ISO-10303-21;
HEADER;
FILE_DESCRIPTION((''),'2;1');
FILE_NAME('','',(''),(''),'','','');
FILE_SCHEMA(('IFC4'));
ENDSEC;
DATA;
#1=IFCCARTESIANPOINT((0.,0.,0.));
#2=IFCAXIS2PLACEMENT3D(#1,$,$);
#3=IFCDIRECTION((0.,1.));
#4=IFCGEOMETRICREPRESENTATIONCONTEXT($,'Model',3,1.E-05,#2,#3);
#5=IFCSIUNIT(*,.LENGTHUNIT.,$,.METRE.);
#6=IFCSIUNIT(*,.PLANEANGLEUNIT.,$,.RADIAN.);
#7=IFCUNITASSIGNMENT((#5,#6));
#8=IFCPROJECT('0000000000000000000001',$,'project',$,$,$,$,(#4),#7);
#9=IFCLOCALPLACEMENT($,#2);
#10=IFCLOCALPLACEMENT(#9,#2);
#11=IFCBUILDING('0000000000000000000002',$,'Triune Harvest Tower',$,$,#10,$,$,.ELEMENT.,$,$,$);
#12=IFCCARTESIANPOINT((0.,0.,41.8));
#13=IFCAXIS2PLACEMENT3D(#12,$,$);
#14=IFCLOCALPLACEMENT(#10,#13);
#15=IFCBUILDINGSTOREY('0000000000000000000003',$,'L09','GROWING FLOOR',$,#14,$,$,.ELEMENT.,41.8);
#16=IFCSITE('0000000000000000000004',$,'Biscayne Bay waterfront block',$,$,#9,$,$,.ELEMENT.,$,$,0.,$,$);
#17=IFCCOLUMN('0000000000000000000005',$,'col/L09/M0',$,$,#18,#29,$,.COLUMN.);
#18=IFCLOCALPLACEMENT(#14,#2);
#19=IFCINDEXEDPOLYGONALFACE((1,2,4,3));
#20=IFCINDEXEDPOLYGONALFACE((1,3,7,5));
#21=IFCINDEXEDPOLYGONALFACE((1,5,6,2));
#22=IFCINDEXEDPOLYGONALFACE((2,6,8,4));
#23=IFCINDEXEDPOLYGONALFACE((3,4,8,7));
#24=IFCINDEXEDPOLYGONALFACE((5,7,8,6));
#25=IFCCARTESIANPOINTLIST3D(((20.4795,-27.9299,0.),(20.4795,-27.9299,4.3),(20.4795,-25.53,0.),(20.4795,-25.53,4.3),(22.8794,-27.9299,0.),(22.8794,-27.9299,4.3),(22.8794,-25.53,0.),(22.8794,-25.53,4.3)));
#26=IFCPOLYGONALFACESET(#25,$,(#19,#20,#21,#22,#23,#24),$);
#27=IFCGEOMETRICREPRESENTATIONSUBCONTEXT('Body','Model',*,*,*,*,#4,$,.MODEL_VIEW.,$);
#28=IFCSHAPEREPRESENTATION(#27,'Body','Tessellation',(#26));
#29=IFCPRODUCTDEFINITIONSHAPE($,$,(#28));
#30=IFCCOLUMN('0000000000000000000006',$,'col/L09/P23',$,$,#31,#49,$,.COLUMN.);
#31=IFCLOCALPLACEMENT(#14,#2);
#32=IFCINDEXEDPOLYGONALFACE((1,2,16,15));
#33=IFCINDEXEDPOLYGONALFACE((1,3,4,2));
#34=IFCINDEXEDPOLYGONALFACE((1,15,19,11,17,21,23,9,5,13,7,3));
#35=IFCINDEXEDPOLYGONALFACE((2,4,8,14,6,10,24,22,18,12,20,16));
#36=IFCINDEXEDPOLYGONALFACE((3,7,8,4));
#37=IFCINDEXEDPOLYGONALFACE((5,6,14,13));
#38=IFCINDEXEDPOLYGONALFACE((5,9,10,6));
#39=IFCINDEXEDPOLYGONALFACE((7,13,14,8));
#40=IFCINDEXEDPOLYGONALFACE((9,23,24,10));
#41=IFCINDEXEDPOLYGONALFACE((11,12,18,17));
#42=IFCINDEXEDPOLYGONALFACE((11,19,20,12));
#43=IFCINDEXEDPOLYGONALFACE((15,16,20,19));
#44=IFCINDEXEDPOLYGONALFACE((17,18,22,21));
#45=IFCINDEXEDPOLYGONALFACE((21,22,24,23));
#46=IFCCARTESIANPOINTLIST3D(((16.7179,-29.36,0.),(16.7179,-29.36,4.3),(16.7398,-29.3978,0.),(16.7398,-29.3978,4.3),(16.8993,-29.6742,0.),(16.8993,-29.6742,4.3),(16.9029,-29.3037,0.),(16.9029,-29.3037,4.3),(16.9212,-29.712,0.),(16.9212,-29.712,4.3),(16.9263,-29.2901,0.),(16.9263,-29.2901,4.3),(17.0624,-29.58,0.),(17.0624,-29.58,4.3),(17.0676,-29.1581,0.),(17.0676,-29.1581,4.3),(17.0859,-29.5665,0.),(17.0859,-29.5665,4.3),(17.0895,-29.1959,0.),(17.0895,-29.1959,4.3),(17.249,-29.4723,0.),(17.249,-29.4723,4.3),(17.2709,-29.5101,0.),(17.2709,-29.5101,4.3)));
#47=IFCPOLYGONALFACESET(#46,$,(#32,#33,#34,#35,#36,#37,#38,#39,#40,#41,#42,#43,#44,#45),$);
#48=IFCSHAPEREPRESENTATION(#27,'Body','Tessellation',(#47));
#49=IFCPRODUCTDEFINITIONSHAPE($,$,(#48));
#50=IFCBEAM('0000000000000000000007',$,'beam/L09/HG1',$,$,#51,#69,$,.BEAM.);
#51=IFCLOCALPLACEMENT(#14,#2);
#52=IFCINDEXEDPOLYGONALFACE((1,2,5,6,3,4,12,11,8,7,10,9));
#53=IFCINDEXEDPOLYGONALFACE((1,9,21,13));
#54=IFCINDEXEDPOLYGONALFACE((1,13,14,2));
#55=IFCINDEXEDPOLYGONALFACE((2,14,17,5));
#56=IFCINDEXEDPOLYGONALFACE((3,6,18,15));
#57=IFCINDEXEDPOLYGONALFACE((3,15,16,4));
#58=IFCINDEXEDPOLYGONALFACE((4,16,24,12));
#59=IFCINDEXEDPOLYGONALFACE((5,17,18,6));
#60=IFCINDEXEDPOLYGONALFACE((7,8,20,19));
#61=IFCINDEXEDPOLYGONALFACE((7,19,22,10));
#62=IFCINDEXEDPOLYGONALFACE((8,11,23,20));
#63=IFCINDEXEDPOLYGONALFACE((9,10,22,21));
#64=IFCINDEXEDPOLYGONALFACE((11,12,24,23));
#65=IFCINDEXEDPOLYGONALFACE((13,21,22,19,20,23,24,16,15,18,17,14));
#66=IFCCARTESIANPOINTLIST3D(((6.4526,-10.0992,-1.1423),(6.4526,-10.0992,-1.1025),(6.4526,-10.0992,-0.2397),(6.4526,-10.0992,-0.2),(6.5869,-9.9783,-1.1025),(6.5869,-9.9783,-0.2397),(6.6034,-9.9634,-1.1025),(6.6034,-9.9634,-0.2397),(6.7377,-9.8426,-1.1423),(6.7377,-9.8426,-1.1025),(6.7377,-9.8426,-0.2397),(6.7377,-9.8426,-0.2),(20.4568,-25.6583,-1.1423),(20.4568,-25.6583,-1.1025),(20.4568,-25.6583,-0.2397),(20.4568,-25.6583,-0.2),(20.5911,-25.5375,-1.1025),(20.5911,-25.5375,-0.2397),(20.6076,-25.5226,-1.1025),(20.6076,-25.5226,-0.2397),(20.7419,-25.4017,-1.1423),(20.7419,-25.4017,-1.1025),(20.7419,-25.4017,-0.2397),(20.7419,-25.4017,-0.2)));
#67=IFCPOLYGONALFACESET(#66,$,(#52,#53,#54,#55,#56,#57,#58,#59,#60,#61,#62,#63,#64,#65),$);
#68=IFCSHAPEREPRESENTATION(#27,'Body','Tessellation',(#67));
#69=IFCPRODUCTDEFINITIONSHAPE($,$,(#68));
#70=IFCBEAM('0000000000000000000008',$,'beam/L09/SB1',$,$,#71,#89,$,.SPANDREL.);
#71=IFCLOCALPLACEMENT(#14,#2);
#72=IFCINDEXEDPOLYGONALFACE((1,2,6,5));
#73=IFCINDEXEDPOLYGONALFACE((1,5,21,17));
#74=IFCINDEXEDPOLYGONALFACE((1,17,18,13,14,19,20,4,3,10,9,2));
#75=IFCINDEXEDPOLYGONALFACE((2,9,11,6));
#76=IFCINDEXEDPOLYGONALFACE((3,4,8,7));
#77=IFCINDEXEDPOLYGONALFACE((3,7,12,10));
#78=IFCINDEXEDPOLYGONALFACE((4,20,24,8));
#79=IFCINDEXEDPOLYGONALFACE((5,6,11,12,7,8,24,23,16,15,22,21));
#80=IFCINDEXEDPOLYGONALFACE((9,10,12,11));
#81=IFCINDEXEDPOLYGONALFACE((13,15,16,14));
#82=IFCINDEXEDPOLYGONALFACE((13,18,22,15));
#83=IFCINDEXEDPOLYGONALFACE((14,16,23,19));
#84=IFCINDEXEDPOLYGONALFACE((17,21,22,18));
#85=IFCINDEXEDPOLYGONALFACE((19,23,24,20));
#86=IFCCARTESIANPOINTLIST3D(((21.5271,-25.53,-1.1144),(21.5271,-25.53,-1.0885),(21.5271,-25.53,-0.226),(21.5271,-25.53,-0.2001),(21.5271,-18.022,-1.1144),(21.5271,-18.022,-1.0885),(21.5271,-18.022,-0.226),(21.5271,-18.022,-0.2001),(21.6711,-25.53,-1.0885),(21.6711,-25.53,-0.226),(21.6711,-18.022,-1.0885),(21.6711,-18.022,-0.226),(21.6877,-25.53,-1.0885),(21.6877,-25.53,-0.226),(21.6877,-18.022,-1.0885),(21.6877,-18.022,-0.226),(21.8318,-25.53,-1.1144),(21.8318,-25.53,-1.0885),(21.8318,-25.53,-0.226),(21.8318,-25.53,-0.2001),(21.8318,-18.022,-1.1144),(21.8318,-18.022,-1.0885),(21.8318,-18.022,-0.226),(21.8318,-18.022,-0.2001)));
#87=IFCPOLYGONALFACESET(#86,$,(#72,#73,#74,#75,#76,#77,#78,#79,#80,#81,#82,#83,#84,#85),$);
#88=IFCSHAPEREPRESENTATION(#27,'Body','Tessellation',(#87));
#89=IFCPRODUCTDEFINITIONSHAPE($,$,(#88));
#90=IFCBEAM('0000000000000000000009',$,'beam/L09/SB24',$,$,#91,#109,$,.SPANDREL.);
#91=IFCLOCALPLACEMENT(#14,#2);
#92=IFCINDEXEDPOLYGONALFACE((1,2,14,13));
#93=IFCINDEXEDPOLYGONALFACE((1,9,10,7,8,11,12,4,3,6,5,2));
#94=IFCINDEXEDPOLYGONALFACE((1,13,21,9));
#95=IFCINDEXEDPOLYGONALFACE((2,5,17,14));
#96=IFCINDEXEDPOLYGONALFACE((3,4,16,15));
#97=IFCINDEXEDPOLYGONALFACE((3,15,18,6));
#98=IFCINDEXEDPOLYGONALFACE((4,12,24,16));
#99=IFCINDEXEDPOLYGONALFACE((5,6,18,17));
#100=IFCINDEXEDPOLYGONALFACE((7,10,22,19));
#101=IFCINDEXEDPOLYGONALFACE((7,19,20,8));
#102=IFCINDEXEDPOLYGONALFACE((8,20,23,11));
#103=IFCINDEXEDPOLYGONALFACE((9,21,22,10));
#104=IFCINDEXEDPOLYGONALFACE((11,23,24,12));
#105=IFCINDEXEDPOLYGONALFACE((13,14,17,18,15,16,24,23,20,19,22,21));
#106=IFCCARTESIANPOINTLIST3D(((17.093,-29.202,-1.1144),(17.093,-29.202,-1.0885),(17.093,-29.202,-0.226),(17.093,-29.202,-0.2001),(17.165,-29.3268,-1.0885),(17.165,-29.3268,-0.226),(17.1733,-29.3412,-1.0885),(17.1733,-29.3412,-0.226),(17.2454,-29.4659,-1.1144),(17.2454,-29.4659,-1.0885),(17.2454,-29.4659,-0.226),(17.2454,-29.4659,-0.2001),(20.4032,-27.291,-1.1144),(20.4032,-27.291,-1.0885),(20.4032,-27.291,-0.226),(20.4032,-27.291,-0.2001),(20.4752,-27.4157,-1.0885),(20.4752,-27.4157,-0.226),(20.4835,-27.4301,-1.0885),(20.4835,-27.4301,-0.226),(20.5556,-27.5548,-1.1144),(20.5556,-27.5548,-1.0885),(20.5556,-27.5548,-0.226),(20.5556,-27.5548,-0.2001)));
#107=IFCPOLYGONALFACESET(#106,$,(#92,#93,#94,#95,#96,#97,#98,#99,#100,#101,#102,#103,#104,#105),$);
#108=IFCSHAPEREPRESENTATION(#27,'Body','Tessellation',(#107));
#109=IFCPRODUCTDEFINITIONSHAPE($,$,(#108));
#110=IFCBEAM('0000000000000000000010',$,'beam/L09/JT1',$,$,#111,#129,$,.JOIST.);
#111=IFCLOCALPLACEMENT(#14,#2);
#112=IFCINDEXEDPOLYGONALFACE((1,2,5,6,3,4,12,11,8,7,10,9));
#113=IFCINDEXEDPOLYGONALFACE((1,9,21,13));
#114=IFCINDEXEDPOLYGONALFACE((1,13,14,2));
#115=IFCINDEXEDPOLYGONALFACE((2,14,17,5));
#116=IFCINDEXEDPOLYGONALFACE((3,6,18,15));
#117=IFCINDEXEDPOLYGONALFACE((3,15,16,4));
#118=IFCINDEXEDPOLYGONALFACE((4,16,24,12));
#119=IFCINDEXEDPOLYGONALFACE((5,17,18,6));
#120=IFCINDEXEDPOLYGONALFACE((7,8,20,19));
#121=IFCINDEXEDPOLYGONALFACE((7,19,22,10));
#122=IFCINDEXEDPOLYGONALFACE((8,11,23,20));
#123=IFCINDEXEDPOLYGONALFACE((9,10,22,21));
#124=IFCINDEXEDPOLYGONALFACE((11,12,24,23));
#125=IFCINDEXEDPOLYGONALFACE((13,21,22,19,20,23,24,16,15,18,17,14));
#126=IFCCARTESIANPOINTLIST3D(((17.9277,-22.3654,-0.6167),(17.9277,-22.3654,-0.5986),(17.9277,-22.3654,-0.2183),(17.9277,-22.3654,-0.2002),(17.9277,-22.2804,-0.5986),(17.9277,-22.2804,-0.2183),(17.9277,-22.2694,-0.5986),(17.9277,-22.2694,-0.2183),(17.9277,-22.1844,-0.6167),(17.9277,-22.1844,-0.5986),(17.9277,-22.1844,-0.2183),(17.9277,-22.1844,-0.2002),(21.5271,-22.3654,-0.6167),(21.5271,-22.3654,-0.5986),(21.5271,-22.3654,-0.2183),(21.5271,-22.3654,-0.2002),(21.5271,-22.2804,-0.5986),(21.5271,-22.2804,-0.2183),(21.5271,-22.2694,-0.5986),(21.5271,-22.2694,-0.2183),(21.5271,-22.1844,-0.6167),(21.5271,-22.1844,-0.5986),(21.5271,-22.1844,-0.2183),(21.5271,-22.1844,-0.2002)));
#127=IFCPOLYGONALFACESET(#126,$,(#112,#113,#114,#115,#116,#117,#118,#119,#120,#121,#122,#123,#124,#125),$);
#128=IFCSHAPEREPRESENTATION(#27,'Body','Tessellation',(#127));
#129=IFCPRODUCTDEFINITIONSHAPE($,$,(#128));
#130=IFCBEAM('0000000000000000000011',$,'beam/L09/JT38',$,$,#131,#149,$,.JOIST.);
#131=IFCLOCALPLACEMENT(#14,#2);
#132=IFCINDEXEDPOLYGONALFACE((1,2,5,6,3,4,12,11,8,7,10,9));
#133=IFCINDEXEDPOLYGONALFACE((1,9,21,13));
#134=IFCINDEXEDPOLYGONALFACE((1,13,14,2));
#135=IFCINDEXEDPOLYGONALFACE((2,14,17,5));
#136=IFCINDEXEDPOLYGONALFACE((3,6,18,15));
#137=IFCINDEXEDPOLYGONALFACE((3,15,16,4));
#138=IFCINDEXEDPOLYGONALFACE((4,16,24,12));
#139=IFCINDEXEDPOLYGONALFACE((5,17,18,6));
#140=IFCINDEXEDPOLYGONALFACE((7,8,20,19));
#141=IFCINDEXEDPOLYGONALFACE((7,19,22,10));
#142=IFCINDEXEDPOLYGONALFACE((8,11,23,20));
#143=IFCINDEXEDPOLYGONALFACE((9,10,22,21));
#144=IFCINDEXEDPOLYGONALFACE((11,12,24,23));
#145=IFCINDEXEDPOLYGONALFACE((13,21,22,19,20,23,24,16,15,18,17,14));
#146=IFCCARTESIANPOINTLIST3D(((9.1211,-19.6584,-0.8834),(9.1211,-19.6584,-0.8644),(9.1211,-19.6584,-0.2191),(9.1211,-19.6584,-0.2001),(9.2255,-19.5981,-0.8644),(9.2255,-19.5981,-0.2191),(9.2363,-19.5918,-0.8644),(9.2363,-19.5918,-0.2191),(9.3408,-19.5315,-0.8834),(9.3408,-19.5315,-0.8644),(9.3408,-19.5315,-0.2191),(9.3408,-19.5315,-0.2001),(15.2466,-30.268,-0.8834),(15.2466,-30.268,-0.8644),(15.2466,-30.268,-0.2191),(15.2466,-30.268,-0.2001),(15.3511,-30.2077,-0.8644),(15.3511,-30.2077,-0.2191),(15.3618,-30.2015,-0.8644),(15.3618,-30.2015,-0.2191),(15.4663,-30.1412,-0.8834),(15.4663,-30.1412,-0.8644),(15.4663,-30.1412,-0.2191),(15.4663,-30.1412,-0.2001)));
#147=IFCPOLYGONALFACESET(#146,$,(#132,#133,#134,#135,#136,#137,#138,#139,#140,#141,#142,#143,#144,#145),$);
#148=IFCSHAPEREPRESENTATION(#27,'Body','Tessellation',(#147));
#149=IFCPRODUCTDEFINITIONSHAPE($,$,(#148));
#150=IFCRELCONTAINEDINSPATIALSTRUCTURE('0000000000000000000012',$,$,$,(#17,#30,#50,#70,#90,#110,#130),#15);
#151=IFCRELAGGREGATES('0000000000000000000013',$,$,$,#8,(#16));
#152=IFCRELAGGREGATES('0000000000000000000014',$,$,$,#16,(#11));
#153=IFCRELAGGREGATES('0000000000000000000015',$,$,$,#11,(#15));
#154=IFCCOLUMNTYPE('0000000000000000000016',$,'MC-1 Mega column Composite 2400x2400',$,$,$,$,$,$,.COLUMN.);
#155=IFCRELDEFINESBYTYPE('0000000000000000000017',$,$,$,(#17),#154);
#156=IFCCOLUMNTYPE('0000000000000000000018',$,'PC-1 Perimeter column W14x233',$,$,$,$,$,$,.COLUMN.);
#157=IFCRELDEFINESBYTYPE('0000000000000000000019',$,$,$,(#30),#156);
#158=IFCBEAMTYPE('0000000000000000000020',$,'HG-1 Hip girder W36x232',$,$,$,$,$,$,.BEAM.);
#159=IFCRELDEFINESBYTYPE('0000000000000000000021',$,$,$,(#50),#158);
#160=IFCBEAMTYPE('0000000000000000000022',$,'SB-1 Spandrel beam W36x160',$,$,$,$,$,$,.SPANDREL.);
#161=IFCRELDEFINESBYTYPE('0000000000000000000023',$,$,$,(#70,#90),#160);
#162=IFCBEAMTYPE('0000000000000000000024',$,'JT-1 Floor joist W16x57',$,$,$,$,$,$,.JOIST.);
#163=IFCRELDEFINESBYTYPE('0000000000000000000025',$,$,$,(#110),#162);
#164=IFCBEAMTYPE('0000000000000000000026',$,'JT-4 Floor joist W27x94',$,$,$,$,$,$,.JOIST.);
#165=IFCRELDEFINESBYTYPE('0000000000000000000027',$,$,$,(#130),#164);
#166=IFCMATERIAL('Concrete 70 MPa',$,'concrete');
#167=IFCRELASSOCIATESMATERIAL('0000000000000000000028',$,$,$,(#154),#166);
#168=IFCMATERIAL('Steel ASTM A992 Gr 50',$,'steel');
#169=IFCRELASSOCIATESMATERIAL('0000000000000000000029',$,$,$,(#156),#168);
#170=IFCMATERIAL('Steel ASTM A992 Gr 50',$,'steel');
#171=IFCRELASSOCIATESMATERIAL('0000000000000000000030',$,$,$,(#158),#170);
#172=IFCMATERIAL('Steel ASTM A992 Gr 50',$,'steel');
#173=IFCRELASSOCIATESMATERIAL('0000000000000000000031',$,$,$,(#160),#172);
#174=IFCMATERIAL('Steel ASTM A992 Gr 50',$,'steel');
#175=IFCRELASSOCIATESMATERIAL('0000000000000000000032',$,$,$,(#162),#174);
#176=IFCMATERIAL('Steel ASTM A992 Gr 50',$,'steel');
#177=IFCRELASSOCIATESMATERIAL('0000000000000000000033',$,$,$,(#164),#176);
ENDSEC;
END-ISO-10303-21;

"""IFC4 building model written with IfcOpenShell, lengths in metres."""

from ifc_helpers import new_model, si_unit, direction, frame, origin, origin_2d, place, context, subcontext, project, spatial, rectangle, i_section, extrude, source, transform, mapped, material, material_profile, profile_set, type_object, element, save


model = new_model("IFC4")

# Units and contexts
model_context = context("Model", 3, precision=1e-05, world=origin(), true_north=direction((0.0, 1.0)))
body_context = subcontext(model_context, "Body", "Model", "MODEL_VIEW")
ifc_project = project(units=[si_unit("LENGTHUNIT", "METRE"), si_unit("PLANEANGLEUNIT", "RADIAN")], contexts=[model_context])

# Site, building, storey
site_placement = place(None, origin())
site = spatial("IfcSite", under=ifc_project, at=site_placement, Name="Biscayne Bay waterfront block", CompositionType="ELEMENT", RefElevation=0.0)
building_placement = place(site_placement, origin())
building = spatial("IfcBuilding", under=site, at=building_placement, Name="Triune Harvest Tower", CompositionType="ELEMENT")
storey_placement = place(building_placement, frame((0.0, 0.0, 41.8)))
storey = spatial("IfcBuildingStorey", under=building, at=storey_placement, Name="L09", Description="GROWING FLOOR", CompositionType="ELEMENT", Elevation=41.8)

# Columns
ifc_material_1 = material(Name="Concrete 70 MPa", Category="concrete")
ifc_material_profile_1 = material_profile(ifc_material_1, rectangle(XDim=2.3999, YDim=2.3999, at=origin_2d()), Name="Composite 2400x2400")
ifc_profile_set_1 = profile_set([ifc_material_profile_1], Name="Concrete 70 MPa")
column_type_1 = type_object("IfcColumnType", Name="MC-1 Mega column Composite 2400x2400", PredefinedType="COLUMN", material=ifc_profile_set_1)
shared_shape_1 = source(origin(), body_context, "Body", "SweptSolid", [
    extrude(rectangle(XDim=2.3999, YDim=2.3999, at=origin_2d()), origin(), (0.0, 0.0, 1.0), 4.3),
])
column_1_placement = place(storey_placement, frame((21.6794, -26.73, 0.0), z_axis=(0.0, 0.0, 1.0), x_axis=(0.0, 1.0, 0.0)))
element("IfcColumn", 1, at=column_1_placement, inside=storey, type_object=column_type_1, Name="col/L09/M0", PredefinedType="COLUMN", context=body_context, shape_type="MappedRepresentation", body=[
    mapped(shared_shape_1, transform((0.0, 0.0, 0.0), scale=1.0)),
])
ifc_material_2 = material(Name="Steel ASTM A992 Gr 50", Category="steel")
ifc_material_profile_2 = material_profile(ifc_material_2, i_section(OverallWidth=0.4038, OverallDepth=0.4065, WebThickness=0.0271, FlangeThickness=0.0437, at=origin_2d()), Name="W14x233")
ifc_profile_set_2 = profile_set([ifc_material_profile_2], Name="Steel ASTM A992 Gr 50")
column_type_2 = type_object("IfcColumnType", Name="PC-1 Perimeter column W14x233", PredefinedType="COLUMN", material=ifc_profile_set_2)
shared_shape_2 = source(origin(), body_context, "Body", "SweptSolid", [
    extrude(i_section(OverallWidth=0.4038, OverallDepth=0.4065, WebThickness=0.0271, FlangeThickness=0.0437, at=origin_2d()), origin(), (0.0, 0.0, 1.0), 4.3),
])
column_2_placement = place(storey_placement, frame((16.9944, -29.4351, 0.0), z_axis=(0.0, 0.0, 1.0), x_axis=(0.866026, 0.499998, 0.0)))
element("IfcColumn", 2, at=column_2_placement, inside=storey, type_object=column_type_2, Name="col/L09/P23", PredefinedType="COLUMN", context=body_context, shape_type="MappedRepresentation", body=[
    mapped(shared_shape_2, transform((0.0, 0.0, 0.0), scale=1.0)),
])

# Beams
ifc_material_3 = material(Name="Steel ASTM A992 Gr 50", Category="steel")
ifc_material_profile_3 = material_profile(ifc_material_3, i_section(OverallWidth=0.3835, OverallDepth=0.9424, WebThickness=0.0222, FlangeThickness=0.0398, at=origin_2d()), Name="W36x232")
ifc_profile_set_3 = profile_set([ifc_material_profile_3], Name="Steel ASTM A992 Gr 50")
beam_type_1 = type_object("IfcBeamType", Name="HG-1 Hip girder W36x232", PredefinedType="BEAM", material=ifc_profile_set_3)
shared_shape_3 = source(origin(), body_context, "Body", "SweptSolid", [
    extrude(i_section(OverallWidth=0.3835, OverallDepth=0.9424, WebThickness=0.0222, FlangeThickness=0.0398, at=origin_2d()), origin(), (0.0, 0.0, 1.0), 20.9333),
])
beam_1_placement = place(storey_placement, frame((20.5994, -25.53, -0.6711), z_axis=(-0.668991, 0.743271, 0.0), x_axis=(-0.743271, -0.668991, 0.0)))
element("IfcBeam", 3, at=beam_1_placement, inside=storey, type_object=beam_type_1, Name="beam/L09/HG1", PredefinedType="BEAM", context=body_context, shape_type="MappedRepresentation", body=[
    mapped(shared_shape_3, transform((0.0, 0.0, 0.0), scale=1.0)),
])
ifc_material_4 = material(Name="Steel ASTM A992 Gr 50", Category="steel")
ifc_material_profile_4 = material_profile(ifc_material_4, i_section(OverallWidth=0.3047, OverallDepth=0.9143, WebThickness=0.0166, FlangeThickness=0.0259, at=origin_2d()), Name="W36x160")
ifc_profile_set_4 = profile_set([ifc_material_profile_4], Name="Steel ASTM A992 Gr 50")
beam_type_2 = type_object("IfcBeamType", Name="SB-1 Spandrel beam W36x160", PredefinedType="SPANDREL", material=ifc_profile_set_4)
shared_shape_4 = source(origin(), body_context, "Body", "SweptSolid", [
    extrude(i_section(OverallWidth=0.3047, OverallDepth=0.9143, WebThickness=0.0166, FlangeThickness=0.0259, at=origin_2d()), origin(), (0.0, 0.0, 1.0), 7.5081),
])
beam_2_placement = place(storey_placement, frame((21.6794, -25.53, -0.6572), z_axis=(0.0, 1.0, 0.0), x_axis=(-1.0, 0.0, 0.0)))
element("IfcBeam", 4, at=beam_2_placement, inside=storey, type_object=beam_type_2, Name="beam/L09/SB1", PredefinedType="SPANDREL", context=body_context, shape_type="MappedRepresentation", body=[
    mapped(shared_shape_4, transform((0.0, 0.0, 0.0), scale=1.0)),
])
shared_shape_5 = source(origin(), body_context, "Body", "SweptSolid", [
    extrude(i_section(OverallWidth=0.3047, OverallDepth=0.9143, WebThickness=0.0166, FlangeThickness=0.0259, at=origin_2d()), origin(), (0.0, 0.0, 1.0), 3.8223),
])
beam_3_placement = place(storey_placement, frame((17.1692, -29.334, -0.6572), z_axis=(0.866033, 0.499986, 0.0), x_axis=(-0.499986, 0.866033, 0.0)))
element("IfcBeam", 5, at=beam_3_placement, inside=storey, type_object=beam_type_2, Name="beam/L09/SB24", PredefinedType="SPANDREL", context=body_context, shape_type="MappedRepresentation", body=[
    mapped(shared_shape_5, transform((0.0, 0.0, 0.0), scale=1.0)),
])
ifc_material_5 = material(Name="Steel ASTM A992 Gr 50", Category="steel")
ifc_material_profile_5 = material_profile(ifc_material_5, i_section(OverallWidth=0.1809, OverallDepth=0.4165, WebThickness=0.011, FlangeThickness=0.0181, at=origin_2d()), Name="W16x57")
ifc_profile_set_5 = profile_set([ifc_material_profile_5], Name="Steel ASTM A992 Gr 50")
beam_type_3 = type_object("IfcBeamType", Name="JT-1 Floor joist W16x57", PredefinedType="JOIST", material=ifc_profile_set_5)
shared_shape_6 = source(origin(), body_context, "Body", "SweptSolid", [
    extrude(i_section(OverallWidth=0.1809, OverallDepth=0.4165, WebThickness=0.011, FlangeThickness=0.0181, at=origin_2d()), origin(), (0.0, 0.0, 1.0), 3.5994),
])
beam_4_placement = place(storey_placement, frame((21.5271, -22.2749, -0.4084), z_axis=(-1.0, 0.0, 0.0), x_axis=(0.0, -1.0, 0.0)))
element("IfcBeam", 6, at=beam_4_placement, inside=storey, type_object=beam_type_3, Name="beam/L09/JT1", PredefinedType="JOIST", context=body_context, shape_type="MappedRepresentation", body=[
    mapped(shared_shape_6, transform((0.0, 0.0, 0.0), scale=1.0)),
])
ifc_material_6 = material(Name="Steel ASTM A992 Gr 50", Category="steel")
ifc_material_profile_6 = material_profile(ifc_material_6, i_section(OverallWidth=0.2537, OverallDepth=0.6833, WebThickness=0.0125, FlangeThickness=0.019, at=origin_2d()), Name="W27x94")
ifc_profile_set_6 = profile_set([ifc_material_profile_6], Name="Steel ASTM A992 Gr 50")
beam_type_4 = type_object("IfcBeamType", Name="JT-4 Floor joist W27x94", PredefinedType="JOIST", material=ifc_profile_set_6)
shared_shape_7 = source(origin(), body_context, "Body", "SweptSolid", [
    extrude(i_section(OverallWidth=0.2537, OverallDepth=0.6833, WebThickness=0.0125, FlangeThickness=0.019, at=origin_2d()), origin(), (0.0, 0.0, 1.0), 12.251),
])
beam_5_placement = place(storey_placement, frame((15.3564, -30.2046, -0.5417), z_axis=(-0.500001, 0.866025, 0.0), x_axis=(-0.866025, -0.500001, 0.0)))
element("IfcBeam", 7, at=beam_5_placement, inside=storey, type_object=beam_type_4, Name="beam/L09/JT38", PredefinedType="JOIST", context=body_context, shape_type="MappedRepresentation", body=[
    mapped(shared_shape_7, transform((0.0, 0.0, 0.0), scale=1.0)),
])

save(model, "model.ifc")
